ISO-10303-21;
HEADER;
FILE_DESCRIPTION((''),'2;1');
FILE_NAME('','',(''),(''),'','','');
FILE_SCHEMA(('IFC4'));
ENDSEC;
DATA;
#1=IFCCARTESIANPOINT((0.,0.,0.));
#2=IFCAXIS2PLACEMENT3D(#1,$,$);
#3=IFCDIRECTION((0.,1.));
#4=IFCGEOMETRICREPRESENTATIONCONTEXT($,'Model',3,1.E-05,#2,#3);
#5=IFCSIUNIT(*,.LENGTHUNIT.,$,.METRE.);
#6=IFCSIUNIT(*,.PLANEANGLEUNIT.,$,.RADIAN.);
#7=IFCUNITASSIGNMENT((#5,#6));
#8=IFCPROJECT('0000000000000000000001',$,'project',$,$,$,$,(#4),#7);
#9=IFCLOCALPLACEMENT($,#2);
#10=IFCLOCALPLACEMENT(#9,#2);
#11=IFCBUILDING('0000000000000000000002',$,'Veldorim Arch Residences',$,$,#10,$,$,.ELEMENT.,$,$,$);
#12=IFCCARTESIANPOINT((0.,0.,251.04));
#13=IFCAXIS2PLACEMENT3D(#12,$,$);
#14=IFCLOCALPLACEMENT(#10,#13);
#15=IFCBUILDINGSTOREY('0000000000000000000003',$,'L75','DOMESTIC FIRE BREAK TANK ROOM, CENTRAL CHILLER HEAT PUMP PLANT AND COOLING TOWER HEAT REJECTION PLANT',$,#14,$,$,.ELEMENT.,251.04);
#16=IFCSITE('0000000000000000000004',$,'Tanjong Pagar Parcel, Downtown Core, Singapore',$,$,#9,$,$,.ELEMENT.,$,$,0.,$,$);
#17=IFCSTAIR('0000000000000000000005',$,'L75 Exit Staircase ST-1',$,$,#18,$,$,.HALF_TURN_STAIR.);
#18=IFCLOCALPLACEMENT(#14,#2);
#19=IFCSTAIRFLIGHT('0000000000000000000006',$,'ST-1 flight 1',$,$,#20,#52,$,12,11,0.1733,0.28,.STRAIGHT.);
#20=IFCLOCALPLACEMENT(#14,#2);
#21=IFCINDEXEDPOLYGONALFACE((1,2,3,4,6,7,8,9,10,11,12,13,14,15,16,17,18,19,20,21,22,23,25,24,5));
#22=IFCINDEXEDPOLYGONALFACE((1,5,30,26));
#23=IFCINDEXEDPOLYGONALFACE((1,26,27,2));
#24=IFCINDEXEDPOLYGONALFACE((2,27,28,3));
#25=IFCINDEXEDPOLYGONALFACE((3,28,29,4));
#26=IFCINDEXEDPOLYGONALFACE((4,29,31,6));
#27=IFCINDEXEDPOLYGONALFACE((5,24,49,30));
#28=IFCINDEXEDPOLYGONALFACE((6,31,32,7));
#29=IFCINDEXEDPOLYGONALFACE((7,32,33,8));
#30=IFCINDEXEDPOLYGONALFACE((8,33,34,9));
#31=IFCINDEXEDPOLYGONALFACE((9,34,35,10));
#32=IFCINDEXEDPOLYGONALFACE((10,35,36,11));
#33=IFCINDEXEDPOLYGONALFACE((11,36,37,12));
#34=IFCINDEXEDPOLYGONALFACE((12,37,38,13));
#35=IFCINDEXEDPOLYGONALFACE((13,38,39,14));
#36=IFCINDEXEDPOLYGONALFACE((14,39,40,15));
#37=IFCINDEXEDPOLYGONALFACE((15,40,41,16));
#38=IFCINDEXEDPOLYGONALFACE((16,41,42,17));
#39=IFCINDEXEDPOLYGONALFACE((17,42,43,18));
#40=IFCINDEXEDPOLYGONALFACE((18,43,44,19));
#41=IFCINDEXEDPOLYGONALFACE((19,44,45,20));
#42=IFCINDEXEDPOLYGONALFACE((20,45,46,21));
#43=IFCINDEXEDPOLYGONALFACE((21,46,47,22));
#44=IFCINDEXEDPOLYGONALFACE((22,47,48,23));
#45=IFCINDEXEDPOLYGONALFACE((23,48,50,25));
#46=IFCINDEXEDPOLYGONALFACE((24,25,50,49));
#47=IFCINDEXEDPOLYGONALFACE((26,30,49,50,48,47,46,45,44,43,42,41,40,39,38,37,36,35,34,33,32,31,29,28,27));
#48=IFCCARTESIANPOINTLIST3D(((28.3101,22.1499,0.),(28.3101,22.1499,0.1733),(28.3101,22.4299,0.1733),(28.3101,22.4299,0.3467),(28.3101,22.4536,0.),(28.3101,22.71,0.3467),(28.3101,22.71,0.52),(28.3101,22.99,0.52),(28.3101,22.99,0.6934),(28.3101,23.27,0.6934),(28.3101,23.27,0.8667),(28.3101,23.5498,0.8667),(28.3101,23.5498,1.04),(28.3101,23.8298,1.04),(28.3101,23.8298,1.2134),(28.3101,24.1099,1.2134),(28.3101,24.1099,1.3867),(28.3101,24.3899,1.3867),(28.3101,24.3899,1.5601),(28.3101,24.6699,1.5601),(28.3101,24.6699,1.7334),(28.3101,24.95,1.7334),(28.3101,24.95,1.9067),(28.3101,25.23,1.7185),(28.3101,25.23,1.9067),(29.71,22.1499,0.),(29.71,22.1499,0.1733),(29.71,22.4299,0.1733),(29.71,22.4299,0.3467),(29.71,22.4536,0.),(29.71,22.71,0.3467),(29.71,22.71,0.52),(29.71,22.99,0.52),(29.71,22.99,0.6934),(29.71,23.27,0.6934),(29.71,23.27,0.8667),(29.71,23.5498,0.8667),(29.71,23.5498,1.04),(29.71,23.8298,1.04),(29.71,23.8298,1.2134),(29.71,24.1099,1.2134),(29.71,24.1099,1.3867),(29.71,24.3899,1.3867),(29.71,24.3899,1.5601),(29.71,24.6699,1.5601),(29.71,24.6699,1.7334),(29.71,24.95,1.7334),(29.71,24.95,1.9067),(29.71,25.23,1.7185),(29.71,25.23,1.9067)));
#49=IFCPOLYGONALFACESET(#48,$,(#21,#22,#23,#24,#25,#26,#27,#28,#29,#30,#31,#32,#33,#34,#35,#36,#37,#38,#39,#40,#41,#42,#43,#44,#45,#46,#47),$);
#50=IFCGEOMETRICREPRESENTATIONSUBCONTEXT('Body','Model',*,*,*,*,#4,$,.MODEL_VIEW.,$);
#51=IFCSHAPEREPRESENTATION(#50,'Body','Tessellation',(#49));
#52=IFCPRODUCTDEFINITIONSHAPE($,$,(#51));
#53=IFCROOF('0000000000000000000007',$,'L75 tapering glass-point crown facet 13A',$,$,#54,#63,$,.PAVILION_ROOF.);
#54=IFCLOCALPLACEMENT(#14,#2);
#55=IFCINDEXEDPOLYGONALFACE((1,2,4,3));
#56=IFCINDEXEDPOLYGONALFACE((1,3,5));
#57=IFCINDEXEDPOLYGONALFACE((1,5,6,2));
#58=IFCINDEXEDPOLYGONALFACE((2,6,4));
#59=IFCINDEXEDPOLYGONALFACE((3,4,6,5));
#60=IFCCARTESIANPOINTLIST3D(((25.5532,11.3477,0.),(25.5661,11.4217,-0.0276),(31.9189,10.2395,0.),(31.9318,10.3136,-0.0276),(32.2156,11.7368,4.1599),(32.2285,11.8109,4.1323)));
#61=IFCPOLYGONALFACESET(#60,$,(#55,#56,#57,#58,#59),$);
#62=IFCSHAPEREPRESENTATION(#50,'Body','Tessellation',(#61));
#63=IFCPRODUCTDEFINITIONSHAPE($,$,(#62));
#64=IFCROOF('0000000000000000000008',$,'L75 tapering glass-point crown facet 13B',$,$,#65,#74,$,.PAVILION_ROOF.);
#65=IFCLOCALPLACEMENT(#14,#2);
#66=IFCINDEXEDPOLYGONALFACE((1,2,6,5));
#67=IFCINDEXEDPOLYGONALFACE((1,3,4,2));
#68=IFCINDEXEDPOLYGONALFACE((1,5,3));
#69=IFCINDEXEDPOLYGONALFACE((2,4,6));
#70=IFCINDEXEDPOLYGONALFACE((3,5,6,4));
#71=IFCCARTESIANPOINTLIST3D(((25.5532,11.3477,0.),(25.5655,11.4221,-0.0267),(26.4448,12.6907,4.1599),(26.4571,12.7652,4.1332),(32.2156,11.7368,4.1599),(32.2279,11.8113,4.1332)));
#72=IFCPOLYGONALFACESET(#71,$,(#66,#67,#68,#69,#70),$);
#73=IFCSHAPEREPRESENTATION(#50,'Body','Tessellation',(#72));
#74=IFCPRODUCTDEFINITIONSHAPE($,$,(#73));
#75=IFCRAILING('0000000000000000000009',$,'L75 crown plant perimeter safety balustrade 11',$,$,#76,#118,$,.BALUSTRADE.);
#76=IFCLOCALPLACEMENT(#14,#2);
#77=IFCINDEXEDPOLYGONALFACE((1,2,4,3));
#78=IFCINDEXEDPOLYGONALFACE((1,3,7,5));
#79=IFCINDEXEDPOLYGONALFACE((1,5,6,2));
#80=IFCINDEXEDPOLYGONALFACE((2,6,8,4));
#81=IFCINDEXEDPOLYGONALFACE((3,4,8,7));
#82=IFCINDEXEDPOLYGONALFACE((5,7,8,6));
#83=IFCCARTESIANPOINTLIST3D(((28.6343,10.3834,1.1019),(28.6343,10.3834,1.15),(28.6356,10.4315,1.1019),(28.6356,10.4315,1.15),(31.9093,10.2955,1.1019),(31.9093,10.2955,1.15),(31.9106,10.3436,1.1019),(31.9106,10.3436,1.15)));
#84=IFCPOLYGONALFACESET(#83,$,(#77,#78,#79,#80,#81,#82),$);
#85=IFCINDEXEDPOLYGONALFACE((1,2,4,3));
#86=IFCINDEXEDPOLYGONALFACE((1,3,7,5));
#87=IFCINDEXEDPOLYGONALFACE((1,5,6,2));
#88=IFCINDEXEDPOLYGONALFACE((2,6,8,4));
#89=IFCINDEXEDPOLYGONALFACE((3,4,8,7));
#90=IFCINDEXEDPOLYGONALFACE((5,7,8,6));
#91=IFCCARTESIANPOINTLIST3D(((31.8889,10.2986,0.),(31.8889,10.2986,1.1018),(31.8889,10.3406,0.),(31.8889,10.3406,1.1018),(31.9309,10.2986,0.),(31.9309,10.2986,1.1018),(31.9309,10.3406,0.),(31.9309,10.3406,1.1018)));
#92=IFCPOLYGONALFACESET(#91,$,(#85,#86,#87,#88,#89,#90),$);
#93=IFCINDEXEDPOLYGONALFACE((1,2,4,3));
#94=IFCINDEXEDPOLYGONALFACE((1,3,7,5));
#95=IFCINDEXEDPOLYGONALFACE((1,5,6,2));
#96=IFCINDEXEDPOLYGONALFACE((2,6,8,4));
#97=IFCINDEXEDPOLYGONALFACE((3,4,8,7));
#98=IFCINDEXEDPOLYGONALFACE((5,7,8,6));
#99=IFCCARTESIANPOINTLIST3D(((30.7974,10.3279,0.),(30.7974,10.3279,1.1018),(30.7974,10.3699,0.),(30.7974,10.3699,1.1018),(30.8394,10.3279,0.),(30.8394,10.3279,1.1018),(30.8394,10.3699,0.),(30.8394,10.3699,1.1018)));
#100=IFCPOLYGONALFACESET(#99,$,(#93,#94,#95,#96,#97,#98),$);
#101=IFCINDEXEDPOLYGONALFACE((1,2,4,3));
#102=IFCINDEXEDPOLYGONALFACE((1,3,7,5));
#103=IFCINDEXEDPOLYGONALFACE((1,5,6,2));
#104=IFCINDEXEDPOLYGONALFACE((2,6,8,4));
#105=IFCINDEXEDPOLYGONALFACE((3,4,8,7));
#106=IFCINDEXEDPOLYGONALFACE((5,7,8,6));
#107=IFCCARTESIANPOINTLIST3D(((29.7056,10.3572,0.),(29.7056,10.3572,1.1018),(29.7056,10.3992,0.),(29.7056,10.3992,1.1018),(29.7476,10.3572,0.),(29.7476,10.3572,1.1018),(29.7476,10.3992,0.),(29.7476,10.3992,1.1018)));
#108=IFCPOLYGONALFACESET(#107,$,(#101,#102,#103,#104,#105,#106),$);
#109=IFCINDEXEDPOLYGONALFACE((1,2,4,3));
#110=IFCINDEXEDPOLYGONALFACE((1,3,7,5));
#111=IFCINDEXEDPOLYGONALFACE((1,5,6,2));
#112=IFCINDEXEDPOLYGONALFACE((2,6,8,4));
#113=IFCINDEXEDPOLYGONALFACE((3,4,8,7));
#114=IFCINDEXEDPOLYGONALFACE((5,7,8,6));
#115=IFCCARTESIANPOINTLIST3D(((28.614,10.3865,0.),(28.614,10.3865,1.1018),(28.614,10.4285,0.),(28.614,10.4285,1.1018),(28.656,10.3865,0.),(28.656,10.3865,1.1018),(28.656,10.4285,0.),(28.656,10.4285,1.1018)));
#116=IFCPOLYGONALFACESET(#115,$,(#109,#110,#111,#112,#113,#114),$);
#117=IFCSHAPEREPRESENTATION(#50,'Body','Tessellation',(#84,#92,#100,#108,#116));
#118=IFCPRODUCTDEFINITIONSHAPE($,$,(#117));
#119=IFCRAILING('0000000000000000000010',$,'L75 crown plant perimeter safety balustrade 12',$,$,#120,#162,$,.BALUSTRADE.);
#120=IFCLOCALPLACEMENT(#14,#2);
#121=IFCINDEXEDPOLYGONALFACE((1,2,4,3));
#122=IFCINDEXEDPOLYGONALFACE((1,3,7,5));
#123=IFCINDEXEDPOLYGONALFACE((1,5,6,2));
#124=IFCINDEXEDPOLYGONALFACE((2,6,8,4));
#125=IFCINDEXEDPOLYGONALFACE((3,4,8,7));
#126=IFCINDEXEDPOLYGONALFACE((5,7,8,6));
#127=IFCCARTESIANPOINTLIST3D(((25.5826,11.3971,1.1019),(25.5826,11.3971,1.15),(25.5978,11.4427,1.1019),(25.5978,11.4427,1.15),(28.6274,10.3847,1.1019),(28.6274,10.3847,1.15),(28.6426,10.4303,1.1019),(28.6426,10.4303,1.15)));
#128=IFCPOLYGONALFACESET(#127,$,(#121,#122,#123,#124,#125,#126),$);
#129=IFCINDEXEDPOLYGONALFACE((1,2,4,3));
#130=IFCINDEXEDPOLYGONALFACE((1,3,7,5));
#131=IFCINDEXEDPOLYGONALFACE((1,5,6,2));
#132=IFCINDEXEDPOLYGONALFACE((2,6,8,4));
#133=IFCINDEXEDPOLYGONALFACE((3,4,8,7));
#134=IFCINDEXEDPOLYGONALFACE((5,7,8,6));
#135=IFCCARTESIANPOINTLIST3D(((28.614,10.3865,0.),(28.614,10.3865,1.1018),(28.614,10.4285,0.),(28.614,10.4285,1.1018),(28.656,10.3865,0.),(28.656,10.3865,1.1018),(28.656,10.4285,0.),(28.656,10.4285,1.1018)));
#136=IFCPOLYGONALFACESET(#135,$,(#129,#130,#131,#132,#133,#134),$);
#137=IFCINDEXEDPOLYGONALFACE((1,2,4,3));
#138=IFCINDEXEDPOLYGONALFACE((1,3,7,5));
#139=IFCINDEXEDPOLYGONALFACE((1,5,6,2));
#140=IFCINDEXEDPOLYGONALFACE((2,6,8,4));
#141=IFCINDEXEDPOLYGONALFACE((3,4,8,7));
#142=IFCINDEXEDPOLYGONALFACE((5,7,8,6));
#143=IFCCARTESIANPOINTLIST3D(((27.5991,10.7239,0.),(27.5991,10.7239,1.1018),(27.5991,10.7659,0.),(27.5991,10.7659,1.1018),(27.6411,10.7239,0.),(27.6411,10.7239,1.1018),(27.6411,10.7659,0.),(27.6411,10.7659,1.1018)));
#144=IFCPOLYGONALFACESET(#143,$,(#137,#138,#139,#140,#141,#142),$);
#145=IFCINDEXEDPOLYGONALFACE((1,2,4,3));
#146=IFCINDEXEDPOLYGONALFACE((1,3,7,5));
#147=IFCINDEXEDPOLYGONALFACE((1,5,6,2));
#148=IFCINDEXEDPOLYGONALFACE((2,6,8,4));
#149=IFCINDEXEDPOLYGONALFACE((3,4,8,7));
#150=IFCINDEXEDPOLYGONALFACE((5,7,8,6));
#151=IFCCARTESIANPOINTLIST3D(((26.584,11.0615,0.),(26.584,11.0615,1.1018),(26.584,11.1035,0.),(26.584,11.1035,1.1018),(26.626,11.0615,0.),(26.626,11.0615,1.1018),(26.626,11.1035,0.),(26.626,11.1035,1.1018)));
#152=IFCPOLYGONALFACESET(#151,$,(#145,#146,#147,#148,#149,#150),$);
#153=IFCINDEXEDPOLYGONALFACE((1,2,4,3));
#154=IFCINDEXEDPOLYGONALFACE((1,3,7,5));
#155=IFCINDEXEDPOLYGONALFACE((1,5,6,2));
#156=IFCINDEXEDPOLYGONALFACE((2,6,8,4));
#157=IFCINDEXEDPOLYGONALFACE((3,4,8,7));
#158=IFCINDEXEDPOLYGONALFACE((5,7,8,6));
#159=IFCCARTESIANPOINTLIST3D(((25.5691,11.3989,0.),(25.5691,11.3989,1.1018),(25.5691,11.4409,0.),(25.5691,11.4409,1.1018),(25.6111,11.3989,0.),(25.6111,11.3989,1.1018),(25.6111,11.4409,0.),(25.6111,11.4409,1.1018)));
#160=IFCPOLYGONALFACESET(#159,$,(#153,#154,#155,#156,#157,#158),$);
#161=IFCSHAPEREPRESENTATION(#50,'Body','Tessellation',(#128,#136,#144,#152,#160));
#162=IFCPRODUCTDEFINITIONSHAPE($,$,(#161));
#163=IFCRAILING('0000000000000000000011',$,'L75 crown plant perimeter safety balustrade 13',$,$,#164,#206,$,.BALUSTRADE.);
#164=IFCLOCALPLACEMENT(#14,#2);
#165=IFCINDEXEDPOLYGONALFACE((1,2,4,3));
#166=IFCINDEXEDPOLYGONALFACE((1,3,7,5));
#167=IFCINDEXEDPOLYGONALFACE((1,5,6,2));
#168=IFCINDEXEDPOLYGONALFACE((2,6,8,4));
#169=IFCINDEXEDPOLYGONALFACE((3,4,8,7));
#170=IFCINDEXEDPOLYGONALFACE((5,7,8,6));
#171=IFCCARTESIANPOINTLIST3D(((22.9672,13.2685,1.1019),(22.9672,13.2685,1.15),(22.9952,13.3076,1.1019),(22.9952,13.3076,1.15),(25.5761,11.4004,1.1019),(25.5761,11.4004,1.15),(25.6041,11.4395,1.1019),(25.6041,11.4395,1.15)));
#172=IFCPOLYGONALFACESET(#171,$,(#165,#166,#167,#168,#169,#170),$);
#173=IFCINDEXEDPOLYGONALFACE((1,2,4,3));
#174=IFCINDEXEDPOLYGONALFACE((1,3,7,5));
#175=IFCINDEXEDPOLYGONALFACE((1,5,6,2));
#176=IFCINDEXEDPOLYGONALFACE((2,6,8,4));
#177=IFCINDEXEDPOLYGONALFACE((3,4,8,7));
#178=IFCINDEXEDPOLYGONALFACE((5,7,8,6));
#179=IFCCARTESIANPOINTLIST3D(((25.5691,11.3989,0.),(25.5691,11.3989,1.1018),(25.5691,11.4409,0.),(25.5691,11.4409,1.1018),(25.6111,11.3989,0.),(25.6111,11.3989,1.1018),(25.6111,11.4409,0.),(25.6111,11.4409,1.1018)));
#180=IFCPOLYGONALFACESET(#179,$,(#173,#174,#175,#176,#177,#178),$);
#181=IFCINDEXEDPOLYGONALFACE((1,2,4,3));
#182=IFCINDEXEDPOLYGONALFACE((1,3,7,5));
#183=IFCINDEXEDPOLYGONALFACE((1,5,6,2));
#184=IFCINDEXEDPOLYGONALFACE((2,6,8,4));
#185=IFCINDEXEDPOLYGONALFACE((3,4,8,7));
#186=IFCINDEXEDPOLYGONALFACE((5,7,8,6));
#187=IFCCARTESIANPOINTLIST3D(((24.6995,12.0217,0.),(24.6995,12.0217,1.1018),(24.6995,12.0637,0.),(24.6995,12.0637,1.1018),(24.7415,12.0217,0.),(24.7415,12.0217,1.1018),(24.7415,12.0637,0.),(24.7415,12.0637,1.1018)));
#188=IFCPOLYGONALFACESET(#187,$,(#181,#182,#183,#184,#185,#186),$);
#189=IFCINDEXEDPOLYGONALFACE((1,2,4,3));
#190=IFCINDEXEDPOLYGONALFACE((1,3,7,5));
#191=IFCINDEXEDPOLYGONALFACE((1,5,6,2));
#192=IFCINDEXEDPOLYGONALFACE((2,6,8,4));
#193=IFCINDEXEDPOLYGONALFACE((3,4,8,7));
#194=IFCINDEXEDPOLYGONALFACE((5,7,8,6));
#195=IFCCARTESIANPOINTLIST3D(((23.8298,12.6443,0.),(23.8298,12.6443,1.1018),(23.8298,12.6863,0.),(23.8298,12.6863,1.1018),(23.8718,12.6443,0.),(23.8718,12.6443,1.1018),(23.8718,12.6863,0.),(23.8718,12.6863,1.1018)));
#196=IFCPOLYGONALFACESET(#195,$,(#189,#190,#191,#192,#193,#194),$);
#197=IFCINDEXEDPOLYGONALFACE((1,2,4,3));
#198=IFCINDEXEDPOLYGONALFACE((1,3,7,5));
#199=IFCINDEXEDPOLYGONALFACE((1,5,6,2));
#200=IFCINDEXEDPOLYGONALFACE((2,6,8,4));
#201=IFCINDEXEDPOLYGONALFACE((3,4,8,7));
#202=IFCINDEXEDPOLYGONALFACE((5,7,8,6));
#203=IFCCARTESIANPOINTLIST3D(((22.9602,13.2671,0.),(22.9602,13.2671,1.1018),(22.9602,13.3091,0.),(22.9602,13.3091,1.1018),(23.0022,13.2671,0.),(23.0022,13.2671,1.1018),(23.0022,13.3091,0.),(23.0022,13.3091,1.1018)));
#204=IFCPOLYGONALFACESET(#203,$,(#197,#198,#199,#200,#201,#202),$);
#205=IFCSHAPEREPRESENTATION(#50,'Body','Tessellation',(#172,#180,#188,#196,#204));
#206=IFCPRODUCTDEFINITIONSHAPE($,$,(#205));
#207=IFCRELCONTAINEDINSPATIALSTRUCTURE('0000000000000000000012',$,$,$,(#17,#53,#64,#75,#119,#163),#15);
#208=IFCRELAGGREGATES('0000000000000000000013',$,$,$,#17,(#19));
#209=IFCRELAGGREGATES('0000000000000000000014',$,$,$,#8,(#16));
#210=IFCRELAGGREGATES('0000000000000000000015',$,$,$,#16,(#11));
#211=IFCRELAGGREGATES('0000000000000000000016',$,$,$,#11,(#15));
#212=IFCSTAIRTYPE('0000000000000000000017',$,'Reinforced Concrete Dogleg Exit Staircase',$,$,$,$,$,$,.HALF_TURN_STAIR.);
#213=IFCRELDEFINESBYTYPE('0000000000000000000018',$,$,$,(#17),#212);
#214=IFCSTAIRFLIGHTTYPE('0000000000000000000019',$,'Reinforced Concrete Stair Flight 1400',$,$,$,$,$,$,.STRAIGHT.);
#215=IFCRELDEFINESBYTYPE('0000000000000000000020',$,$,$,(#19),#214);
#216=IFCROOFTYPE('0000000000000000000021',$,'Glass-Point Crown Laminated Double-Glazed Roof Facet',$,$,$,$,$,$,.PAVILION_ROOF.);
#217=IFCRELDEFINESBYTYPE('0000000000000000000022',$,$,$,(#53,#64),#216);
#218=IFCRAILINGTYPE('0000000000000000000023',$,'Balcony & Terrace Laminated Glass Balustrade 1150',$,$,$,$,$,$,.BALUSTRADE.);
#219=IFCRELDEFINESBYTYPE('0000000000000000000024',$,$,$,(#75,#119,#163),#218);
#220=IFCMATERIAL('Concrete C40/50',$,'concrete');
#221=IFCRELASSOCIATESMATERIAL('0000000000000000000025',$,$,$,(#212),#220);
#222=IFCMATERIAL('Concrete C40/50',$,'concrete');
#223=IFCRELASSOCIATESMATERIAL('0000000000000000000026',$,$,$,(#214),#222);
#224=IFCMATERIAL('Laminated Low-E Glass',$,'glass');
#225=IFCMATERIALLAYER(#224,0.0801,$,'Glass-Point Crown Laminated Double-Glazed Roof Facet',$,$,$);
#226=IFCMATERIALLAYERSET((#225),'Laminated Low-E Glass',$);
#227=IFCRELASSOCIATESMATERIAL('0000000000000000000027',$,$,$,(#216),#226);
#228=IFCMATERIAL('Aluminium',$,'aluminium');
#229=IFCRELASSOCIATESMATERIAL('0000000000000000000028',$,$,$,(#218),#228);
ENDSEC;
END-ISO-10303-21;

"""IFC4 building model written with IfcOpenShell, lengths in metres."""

from ifc_helpers import new_model, si_unit, direction, frame, origin, origin_2d, place, context, subcontext, project, spatial, polyline, rectangle, outline, extrude, material, layer, layer_set, type_object, element, aggregate, save


model = new_model("IFC4")

# Units and contexts
model_context = context("Model", 3, precision=1e-05, world=origin(), true_north=direction((0.0, 1.0)))
body_context = subcontext(model_context, "Body", "Model", "MODEL_VIEW")
ifc_project = project(units=[si_unit("LENGTHUNIT", "METRE"), si_unit("PLANEANGLEUNIT", "RADIAN")], contexts=[model_context])

# Site, building, storey
site_placement = place(None, origin())
site = spatial("IfcSite", under=ifc_project, at=site_placement, Name="Tanjong Pagar Parcel, Downtown Core, Singapore", CompositionType="ELEMENT", RefElevation=0.0)
building_placement = place(site_placement, origin())
building = spatial("IfcBuilding", under=site, at=building_placement, Name="Veldorim Arch Residences", CompositionType="ELEMENT")
storey_placement = place(building_placement, frame((0.0, 0.0, 251.04)))
storey = spatial("IfcBuildingStorey", under=building, at=storey_placement, Name="L75", Description="DOMESTIC FIRE BREAK TANK ROOM, CENTRAL CHILLER HEAT PUMP PLANT AND COOLING TOWER HEAT REJECTION PLANT", CompositionType="ELEMENT", Elevation=251.04)

# Stair, stair flight
ifc_material_1 = material(Name="Concrete C40/50", Category="concrete")
stair_type = type_object("IfcStairType", Name="Reinforced Concrete Dogleg Exit Staircase", PredefinedType="HALF_TURN_STAIR", material=ifc_material_1)
stair_placement = place(storey_placement, origin())
stair = element("IfcStair", 1, at=stair_placement, inside=storey, type_object=stair_type, Name="L75 Exit Staircase ST-1", PredefinedType="HALF_TURN_STAIR")
ifc_material_2 = material(Name="Concrete C40/50", Category="concrete")
stair_flight_type = type_object("IfcStairFlightType", Name="Reinforced Concrete Stair Flight 1400", PredefinedType="STRAIGHT", material=ifc_material_2)
stair_flight_placement = place(storey_placement, frame((29.01, 22.1499, 0.0), z_axis=(0.0, 0.0, 1.0), x_axis=(0.0, 1.0, 0.0)))
stair_flight = element("IfcStairFlight", 2, at=stair_flight_placement, type_object=stair_flight_type, Name="ST-1 flight 1", NumberOfRisers=12, NumberOfTreads=11, PredefinedType="STRAIGHT", RiserHeight=0.1733, TreadLength=0.28, context=body_context, shape_type="SweptSolid", body=[
    extrude(outline(polyline([(0.0, 0.0), (0.0, 0.1733), (0.28, 0.1733), (0.28, 0.3467), (0.5601, 0.3467), (0.5601, 0.52), (0.8401, 0.52), (0.8401, 0.6934), (1.1201, 0.6934), (1.1201, 0.8667), (1.3999, 0.8667), (1.3999, 1.04), (1.6799, 1.04), (1.6799, 1.2134), (1.96, 1.2134), (1.96, 1.3867), (2.24, 1.3867), (2.24, 1.5601), (2.52, 1.5601), (2.52, 1.7334), (2.8, 1.7334), (2.8, 1.9067), (3.0801, 1.9067), (3.0801, 2.0801), (3.0801, 1.7185), (0.3037, 0.0), (0.0, 0.0)])), frame((0.0, 0.7, 0.0), z_axis=(0.0, -1.0, 0.0), x_axis=(1.0, 0.0, 0.0)), (0.0, 0.0, 1.0), 1.3999),
])
aggregate(stair, [stair_flight])

# Roofs
ifc_material_3 = material(Name="Laminated Low-E Glass", Category="glass")
ifc_layer_1 = layer(ifc_material_3, 0.0801, Name="Glass-Point Crown Laminated Double-Glazed Roof Facet")
ifc_layer_set_1 = layer_set([ifc_layer_1], Name="Laminated Low-E Glass")
roof_type = type_object("IfcRoofType", Name="Glass-Point Crown Laminated Double-Glazed Roof Facet", PredefinedType="PAVILION_ROOF", material=ifc_layer_set_1)
roof_1_placement = place(storey_placement, frame((25.5532, 11.3477, 0.0), z_axis=(-0.161011, -0.924915, 0.344394), x_axis=(0.985184, -0.171502, 0.0)))
element("IfcRoof", 3, at=roof_1_placement, inside=storey, type_object=roof_type, Name="L75 tapering glass-point crown facet 13A", PredefinedType="PAVILION_ROOF", context=body_context, shape_type="SweptSolid", body=[
    extrude(outline(polyline([(0.0, 0.0), (6.4615, 0.0), (6.4969, 4.431), (0.0, 0.0)])), origin(), (0.0, 0.0, -1.0), 0.0801),
])
roof_2_placement = place(storey_placement, frame((25.5532, 11.3477, 0.0), z_axis=(-0.153756, -0.93021, 0.333271), x_axis=(0.847191, 0.049486, 0.528978)))
element("IfcRoof", 4, at=roof_2_placement, inside=storey, type_object=roof_type, Name="L75 tapering glass-point crown facet 13B", PredefinedType="PAVILION_ROOF", context=body_context, shape_type="SweptSolid", body=[
    extrude(outline(polyline([(0.0, 0.0), (7.864, 0.0), (3.0223, 3.2816), (0.0, 0.0)])), origin(), (0.0, 0.0, -1.0), 0.0801),
])

# Railings
ifc_material_4 = material(Name="Aluminium", Category="aluminium")
railing_type_1 = type_object("IfcRailingType", Name="Balcony & Terrace Laminated Glass Balustrade 1150", PredefinedType="BALUSTRADE", material=ifc_material_4)
railing_1_placement = place(storey_placement, frame((31.9099, 10.3196, 0.0)))
element("IfcRailing", 5, at=railing_1_placement, inside=storey, type_object=railing_type_1, Name="L75 crown plant perimeter safety balustrade 11", PredefinedType="BALUSTRADE", context=body_context, shape_type="SweptSolid", body=[
    extrude(rectangle(XDim=0.0481, YDim=0.0481, at=origin_2d()), frame((0.0, 0.0, 1.126), z_axis=(-0.99964, 0.026828, 0.0), x_axis=(-0.026828, -0.99964, 0.0)), (0.0, 0.0, 1.0), 3.2761),
    extrude(rectangle(XDim=0.042, YDim=0.042, at=origin_2d()), origin(), (0.0, 0.0, 1.0), 1.1018),
    extrude(rectangle(XDim=0.042, YDim=0.042, at=origin_2d()), frame((-1.0916, 0.0293, 0.0)), (0.0, 0.0, 1.0), 1.1018),
    extrude(rectangle(XDim=0.042, YDim=0.042, at=origin_2d()), frame((-2.1833, 0.0586, 0.0)), (0.0, 0.0, 1.0), 1.1018),
    extrude(rectangle(XDim=0.042, YDim=0.042, at=origin_2d()), frame((-3.2749, 0.0879, 0.0)), (0.0, 0.0, 1.0), 1.1018),
])
railing_2_placement = place(storey_placement, frame((28.635, 10.4075, 0.0)))
element("IfcRailing", 6, at=railing_2_placement, inside=storey, type_object=railing_type_1, Name="L75 crown plant perimeter safety balustrade 12", PredefinedType="BALUSTRADE", context=body_context, shape_type="SweptSolid", body=[
    extrude(rectangle(XDim=0.0481, YDim=0.0481, at=origin_2d()), frame((0.0, 0.0, 1.126), z_axis=(-0.948919, 0.31552, 0.0), x_axis=(-0.31552, -0.948919, 0.0)), (0.0, 0.0, 1.0), 3.2087),
    extrude(rectangle(XDim=0.042, YDim=0.042, at=origin_2d()), origin(), (0.0, 0.0, 1.0), 1.1018),
    extrude(rectangle(XDim=0.042, YDim=0.042, at=origin_2d()), frame((-1.0149, 0.3374, 0.0)), (0.0, 0.0, 1.0), 1.1018),
    extrude(rectangle(XDim=0.042, YDim=0.042, at=origin_2d()), frame((-2.03, 0.675, 0.0)), (0.0, 0.0, 1.0), 1.1018),
    extrude(rectangle(XDim=0.042, YDim=0.042, at=origin_2d()), frame((-3.0449, 1.0125, 0.0)), (0.0, 0.0, 1.0), 1.1018),
])
railing_3_placement = place(storey_placement, frame((25.5901, 11.4199, 0.0)))
element("IfcRailing", 7, at=railing_3_placement, inside=storey, type_object=railing_type_1, Name="L75 crown plant perimeter safety balustrade 13", PredefinedType="BALUSTRADE", context=body_context, shape_type="SweptSolid", body=[
    extrude(rectangle(XDim=0.0481, YDim=0.0481, at=origin_2d()), frame((0.0, 0.0, 1.126), z_axis=(-0.813044, 0.582202, 0.0), x_axis=(-0.582202, -0.813044, 0.0)), (0.0, 0.0, 1.0), 3.2087),
    extrude(rectangle(XDim=0.042, YDim=0.042, at=origin_2d()), origin(), (0.0, 0.0, 1.0), 1.1018),
    extrude(rectangle(XDim=0.042, YDim=0.042, at=origin_2d()), frame((-0.8696, 0.6228, 0.0)), (0.0, 0.0, 1.0), 1.1018),
    extrude(rectangle(XDim=0.042, YDim=0.042, at=origin_2d()), frame((-1.7393, 1.2454, 0.0)), (0.0, 0.0, 1.0), 1.1018),
    extrude(rectangle(XDim=0.042, YDim=0.042, at=origin_2d()), frame((-2.6089, 1.8682, 0.0)), (0.0, 0.0, 1.0), 1.1018),
])

save(model, "model.ifc")
